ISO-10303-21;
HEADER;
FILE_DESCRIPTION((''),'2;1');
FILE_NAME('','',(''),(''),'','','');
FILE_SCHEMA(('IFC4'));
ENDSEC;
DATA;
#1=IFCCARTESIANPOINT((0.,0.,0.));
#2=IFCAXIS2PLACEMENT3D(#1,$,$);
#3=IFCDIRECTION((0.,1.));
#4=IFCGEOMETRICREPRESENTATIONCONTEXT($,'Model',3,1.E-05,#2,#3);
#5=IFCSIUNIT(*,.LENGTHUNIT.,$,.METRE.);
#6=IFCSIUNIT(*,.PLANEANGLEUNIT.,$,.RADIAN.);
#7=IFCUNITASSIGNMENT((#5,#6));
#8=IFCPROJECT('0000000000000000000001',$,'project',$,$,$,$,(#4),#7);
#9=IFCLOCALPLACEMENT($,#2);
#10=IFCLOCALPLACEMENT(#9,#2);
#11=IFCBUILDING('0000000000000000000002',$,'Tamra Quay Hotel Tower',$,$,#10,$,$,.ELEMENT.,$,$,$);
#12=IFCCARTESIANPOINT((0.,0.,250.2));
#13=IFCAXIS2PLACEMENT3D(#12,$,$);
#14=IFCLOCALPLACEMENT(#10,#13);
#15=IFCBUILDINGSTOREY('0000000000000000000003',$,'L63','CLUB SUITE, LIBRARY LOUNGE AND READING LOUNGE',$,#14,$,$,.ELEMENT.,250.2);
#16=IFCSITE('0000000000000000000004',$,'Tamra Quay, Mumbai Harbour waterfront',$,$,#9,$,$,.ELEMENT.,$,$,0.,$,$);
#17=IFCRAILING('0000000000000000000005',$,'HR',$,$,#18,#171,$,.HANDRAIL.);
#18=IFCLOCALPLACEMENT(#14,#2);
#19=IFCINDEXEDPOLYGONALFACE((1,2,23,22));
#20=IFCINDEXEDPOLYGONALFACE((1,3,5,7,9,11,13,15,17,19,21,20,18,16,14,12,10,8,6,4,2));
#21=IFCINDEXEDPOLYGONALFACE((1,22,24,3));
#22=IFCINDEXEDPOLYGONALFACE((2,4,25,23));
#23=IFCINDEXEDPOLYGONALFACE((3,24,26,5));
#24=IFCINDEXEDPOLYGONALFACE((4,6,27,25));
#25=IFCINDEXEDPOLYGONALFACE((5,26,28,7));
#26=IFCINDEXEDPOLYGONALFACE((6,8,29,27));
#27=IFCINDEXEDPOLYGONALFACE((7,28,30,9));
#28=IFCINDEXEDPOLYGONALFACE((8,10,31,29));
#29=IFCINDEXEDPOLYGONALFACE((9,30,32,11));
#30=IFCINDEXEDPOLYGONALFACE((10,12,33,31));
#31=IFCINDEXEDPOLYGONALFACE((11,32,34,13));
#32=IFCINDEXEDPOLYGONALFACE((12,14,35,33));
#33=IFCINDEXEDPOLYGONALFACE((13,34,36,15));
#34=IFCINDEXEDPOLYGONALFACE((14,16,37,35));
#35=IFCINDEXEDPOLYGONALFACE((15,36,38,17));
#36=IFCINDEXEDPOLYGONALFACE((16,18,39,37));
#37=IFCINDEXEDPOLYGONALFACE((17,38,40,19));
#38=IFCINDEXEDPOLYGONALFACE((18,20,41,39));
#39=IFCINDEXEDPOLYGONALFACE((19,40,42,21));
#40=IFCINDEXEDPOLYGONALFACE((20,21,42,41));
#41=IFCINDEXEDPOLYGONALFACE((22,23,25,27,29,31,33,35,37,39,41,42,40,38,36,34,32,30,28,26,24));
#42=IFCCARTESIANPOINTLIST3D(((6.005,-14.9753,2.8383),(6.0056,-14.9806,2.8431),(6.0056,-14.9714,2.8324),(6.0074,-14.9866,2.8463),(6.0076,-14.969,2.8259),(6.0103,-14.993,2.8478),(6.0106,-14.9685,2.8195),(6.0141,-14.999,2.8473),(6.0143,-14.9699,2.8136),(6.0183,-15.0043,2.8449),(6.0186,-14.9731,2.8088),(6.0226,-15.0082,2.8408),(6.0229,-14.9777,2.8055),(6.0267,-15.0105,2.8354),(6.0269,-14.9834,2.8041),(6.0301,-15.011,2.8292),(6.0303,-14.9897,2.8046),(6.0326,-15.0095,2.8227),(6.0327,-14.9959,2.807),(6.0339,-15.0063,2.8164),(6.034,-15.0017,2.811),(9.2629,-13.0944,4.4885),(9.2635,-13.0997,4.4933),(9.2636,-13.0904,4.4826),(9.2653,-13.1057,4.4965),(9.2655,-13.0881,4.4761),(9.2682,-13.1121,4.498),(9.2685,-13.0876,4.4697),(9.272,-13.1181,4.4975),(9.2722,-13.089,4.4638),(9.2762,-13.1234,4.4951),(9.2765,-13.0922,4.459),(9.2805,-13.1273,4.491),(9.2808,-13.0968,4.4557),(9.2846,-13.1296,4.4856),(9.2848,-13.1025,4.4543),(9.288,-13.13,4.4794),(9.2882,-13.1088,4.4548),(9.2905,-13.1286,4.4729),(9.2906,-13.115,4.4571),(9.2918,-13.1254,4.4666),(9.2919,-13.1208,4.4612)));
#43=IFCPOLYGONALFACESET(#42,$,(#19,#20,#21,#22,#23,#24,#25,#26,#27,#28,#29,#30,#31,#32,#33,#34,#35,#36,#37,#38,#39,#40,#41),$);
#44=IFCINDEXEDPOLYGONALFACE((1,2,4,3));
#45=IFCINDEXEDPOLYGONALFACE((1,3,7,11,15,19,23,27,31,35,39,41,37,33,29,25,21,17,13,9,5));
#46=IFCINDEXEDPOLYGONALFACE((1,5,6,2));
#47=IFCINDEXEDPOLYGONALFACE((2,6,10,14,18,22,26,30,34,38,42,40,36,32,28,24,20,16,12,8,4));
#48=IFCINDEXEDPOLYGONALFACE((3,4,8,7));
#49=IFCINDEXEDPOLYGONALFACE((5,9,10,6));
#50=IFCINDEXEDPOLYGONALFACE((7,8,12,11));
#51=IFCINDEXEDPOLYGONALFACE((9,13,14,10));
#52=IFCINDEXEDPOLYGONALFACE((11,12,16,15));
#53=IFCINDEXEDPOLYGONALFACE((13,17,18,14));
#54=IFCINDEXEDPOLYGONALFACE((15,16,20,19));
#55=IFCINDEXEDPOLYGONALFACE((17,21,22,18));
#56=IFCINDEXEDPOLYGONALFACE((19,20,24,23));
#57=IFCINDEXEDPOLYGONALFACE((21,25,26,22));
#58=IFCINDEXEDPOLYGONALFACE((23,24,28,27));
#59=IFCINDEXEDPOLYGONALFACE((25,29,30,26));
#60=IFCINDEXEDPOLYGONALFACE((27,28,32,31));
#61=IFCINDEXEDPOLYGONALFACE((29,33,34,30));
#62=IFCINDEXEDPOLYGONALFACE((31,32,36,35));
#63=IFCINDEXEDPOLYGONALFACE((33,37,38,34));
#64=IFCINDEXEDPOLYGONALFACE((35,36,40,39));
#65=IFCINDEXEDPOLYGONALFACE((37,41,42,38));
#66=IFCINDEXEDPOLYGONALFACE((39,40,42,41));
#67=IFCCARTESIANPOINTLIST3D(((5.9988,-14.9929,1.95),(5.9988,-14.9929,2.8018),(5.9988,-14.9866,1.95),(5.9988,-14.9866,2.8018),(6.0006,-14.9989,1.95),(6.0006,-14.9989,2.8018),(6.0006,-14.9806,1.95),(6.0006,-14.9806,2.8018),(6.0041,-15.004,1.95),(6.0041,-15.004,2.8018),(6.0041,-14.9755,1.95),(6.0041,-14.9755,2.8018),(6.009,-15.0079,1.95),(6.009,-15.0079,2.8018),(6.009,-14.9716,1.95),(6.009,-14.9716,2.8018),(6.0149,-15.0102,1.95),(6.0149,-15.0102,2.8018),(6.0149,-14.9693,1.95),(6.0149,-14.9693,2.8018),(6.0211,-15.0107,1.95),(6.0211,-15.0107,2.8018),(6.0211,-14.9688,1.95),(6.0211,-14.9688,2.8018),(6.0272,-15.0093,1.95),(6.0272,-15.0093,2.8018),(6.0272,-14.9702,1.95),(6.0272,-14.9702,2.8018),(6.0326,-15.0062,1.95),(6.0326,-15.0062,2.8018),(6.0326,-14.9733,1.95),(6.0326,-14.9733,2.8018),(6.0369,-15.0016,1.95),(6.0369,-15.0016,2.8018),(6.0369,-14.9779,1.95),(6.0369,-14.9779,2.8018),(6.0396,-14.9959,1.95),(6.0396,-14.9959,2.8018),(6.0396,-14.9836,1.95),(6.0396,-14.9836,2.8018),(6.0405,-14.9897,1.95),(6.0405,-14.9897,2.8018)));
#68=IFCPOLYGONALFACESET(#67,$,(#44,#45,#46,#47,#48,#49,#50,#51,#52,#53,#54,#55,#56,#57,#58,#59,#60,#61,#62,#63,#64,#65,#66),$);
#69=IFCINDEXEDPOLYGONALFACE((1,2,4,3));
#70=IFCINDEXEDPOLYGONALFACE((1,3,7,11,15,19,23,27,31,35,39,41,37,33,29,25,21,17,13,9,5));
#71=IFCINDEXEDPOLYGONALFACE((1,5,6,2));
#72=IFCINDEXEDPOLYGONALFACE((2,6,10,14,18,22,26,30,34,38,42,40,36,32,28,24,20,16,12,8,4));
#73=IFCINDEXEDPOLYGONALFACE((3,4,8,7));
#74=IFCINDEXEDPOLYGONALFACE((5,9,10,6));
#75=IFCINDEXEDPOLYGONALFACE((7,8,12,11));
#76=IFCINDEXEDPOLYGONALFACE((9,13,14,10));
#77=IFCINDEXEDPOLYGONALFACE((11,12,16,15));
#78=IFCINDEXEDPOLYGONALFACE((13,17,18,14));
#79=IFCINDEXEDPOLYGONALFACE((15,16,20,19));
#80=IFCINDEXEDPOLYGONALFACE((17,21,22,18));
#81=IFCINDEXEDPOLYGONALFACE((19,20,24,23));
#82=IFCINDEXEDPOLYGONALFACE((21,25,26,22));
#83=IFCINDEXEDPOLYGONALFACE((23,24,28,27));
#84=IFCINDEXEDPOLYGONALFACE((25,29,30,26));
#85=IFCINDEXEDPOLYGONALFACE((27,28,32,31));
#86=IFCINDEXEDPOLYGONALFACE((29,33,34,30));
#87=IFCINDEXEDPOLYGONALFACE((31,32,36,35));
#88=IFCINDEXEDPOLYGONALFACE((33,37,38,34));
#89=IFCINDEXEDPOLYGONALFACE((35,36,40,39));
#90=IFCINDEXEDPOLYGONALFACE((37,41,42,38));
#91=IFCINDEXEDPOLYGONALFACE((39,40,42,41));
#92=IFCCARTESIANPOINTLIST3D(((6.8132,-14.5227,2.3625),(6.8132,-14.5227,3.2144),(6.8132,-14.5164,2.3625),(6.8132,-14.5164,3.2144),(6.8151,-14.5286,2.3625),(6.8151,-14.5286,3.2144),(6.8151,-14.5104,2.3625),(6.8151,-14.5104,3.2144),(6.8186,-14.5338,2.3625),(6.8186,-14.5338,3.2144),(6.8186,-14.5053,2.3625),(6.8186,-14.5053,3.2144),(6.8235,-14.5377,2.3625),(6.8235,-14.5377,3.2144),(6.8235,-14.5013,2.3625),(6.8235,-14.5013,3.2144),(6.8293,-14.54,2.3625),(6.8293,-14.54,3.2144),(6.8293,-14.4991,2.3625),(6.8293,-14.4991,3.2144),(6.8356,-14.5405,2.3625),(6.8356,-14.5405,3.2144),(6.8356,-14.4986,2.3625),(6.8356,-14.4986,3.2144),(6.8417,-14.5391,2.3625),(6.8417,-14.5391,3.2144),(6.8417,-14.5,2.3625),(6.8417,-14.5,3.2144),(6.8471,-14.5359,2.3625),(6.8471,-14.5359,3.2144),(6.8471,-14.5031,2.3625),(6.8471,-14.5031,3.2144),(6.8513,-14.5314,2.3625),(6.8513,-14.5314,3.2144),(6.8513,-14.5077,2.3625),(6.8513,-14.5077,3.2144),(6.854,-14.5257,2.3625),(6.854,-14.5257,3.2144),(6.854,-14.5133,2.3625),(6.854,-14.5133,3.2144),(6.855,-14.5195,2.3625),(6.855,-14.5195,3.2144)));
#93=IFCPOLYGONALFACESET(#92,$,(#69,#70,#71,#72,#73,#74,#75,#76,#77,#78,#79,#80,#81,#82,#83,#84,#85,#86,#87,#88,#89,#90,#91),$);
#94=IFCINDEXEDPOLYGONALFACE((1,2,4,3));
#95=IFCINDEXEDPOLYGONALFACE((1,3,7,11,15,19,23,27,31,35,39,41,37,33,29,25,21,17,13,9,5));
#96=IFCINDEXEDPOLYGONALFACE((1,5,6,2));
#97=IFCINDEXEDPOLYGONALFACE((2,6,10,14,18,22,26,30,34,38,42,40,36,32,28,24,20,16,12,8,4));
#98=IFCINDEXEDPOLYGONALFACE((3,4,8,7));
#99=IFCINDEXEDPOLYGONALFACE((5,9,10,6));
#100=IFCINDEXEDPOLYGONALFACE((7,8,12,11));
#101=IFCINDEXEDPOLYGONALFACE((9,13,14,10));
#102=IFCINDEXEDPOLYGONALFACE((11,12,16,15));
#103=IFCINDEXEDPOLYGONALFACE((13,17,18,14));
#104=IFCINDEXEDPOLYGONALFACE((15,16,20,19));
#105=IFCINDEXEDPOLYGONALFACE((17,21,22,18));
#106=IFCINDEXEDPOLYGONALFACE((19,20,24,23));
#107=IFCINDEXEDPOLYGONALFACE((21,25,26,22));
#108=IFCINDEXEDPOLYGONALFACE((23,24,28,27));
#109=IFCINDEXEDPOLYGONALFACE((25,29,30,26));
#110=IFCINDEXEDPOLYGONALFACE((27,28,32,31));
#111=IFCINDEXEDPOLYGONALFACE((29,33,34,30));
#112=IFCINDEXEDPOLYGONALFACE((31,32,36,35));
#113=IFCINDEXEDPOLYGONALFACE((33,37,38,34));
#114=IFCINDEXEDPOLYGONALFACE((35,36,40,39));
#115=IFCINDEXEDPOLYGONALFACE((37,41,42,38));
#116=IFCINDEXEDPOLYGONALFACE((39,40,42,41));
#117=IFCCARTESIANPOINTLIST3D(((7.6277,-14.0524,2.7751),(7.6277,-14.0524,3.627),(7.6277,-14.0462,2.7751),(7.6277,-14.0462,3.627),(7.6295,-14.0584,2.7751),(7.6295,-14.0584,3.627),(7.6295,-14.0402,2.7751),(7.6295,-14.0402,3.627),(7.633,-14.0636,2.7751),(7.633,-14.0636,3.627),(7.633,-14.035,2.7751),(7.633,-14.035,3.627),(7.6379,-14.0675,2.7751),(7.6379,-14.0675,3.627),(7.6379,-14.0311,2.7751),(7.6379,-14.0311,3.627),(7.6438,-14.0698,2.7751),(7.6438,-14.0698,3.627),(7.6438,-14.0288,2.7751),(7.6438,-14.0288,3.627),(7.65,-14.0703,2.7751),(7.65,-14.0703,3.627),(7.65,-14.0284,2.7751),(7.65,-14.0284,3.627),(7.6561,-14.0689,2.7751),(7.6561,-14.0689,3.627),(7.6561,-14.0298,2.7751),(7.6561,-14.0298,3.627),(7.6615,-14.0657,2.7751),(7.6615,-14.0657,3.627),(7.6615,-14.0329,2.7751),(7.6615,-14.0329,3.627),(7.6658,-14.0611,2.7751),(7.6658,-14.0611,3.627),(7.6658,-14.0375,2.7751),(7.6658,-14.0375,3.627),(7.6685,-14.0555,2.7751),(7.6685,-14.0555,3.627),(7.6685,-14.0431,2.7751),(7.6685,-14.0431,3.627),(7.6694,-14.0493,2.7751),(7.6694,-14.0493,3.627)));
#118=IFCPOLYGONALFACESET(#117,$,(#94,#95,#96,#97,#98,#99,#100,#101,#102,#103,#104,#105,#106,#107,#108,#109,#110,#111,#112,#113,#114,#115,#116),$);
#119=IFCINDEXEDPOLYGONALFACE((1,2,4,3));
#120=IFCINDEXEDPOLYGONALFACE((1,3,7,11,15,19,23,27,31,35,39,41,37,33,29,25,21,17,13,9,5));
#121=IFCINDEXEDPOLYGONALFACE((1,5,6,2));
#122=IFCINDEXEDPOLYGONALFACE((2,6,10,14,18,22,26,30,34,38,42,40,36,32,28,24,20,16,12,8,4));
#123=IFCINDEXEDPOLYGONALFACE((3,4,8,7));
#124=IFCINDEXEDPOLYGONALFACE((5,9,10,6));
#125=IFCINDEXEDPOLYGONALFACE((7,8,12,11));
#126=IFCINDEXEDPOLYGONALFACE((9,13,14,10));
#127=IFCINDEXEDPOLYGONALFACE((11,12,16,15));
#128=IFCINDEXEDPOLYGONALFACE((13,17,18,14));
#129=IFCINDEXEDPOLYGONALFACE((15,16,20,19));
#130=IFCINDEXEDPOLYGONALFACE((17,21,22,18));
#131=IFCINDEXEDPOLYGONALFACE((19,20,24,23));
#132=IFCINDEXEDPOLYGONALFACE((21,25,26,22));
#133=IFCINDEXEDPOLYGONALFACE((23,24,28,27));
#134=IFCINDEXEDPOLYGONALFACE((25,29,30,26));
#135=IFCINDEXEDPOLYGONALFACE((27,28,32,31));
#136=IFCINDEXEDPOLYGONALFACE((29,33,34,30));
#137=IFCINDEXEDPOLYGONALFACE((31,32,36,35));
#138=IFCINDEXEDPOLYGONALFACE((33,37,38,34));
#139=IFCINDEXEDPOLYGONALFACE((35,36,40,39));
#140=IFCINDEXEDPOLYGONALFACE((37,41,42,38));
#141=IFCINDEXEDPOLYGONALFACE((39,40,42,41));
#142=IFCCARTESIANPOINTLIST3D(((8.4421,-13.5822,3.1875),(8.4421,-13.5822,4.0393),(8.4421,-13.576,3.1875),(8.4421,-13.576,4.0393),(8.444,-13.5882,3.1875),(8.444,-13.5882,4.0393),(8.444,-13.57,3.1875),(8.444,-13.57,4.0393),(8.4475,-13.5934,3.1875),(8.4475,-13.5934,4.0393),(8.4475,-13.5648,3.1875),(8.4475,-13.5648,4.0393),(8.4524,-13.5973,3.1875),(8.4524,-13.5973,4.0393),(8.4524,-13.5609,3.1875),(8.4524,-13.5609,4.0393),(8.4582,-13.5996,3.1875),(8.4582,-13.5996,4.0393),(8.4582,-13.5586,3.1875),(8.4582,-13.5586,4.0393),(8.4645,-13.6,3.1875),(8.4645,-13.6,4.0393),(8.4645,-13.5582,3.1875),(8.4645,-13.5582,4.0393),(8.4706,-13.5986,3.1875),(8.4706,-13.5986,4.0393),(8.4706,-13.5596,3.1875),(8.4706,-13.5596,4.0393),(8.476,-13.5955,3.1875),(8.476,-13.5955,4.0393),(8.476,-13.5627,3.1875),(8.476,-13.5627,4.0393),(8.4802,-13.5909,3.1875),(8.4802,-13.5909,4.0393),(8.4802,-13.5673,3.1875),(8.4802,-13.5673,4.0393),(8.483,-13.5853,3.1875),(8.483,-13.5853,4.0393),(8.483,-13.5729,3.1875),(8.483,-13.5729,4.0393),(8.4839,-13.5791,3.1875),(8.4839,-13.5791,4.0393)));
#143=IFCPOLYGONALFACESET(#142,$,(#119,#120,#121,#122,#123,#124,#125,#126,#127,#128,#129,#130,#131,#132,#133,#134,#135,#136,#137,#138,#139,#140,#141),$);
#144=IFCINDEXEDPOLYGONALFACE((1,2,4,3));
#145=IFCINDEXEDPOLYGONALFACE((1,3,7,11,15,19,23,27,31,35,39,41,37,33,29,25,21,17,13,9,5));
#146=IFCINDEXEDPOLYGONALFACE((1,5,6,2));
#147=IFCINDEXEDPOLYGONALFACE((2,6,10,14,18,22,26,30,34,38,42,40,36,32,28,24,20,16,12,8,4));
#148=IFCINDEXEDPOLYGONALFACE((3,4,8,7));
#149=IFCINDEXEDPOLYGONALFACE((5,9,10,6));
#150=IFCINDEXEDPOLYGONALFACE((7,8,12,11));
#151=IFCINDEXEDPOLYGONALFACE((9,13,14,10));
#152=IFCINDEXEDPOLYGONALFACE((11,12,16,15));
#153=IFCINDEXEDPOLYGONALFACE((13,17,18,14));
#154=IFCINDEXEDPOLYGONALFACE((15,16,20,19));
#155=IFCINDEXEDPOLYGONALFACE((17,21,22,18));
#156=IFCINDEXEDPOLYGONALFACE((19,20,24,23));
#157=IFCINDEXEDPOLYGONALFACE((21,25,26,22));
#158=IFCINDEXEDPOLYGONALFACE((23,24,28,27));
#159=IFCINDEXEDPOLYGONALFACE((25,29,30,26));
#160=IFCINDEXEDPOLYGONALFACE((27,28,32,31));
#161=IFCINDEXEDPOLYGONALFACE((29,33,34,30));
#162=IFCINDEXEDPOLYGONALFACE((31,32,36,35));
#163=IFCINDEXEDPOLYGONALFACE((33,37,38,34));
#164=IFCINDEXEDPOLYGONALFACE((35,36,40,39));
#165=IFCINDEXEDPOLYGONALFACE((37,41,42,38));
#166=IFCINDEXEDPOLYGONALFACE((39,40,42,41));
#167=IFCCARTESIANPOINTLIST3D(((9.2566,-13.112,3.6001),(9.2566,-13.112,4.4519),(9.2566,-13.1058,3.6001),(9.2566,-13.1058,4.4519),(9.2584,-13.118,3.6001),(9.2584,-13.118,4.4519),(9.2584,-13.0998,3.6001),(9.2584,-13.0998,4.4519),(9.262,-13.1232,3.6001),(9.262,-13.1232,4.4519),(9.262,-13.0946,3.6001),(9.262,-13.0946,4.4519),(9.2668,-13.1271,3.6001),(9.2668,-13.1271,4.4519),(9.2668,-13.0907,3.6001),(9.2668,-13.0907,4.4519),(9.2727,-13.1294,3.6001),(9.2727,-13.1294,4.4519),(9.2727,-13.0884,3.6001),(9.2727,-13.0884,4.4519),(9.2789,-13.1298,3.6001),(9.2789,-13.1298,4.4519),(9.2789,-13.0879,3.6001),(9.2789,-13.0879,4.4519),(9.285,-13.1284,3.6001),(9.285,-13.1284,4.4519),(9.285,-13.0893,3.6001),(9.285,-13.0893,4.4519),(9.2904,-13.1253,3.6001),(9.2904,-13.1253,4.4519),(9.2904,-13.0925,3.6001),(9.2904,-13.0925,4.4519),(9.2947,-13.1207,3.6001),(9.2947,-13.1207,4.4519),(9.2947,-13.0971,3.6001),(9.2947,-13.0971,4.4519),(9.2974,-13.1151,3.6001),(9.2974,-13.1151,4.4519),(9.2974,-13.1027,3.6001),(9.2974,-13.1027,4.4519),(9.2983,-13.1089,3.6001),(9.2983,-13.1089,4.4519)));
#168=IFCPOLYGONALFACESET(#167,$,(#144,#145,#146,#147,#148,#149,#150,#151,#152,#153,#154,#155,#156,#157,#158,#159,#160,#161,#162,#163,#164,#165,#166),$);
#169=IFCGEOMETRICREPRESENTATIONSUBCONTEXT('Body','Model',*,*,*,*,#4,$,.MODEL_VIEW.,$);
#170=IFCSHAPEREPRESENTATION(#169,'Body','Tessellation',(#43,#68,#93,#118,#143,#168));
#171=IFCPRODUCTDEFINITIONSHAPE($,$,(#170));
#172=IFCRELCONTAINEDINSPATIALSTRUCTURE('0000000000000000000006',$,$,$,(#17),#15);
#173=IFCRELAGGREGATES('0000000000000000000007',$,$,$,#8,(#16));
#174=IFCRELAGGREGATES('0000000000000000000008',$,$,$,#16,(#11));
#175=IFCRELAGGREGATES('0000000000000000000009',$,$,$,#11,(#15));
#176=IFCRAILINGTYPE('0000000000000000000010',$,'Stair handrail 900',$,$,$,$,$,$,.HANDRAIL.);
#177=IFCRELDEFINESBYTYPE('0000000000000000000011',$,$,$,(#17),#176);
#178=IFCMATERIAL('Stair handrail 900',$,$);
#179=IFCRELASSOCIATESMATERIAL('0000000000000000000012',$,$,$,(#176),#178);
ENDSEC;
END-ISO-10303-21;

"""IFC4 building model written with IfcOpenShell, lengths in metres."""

from ifc_helpers import new_model, si_unit, direction, frame, origin, origin_2d, place, context, subcontext, project, spatial, circle, extrude, material, type_object, element, save


model = new_model("IFC4")

# Units and contexts
model_context = context("Model", 3, precision=1e-05, world=origin(), true_north=direction((0.0, 1.0)))
body_context = subcontext(model_context, "Body", "Model", "MODEL_VIEW")
ifc_project = project(units=[si_unit("LENGTHUNIT", "METRE"), si_unit("PLANEANGLEUNIT", "RADIAN")], contexts=[model_context])

# Site, building, storey
site_placement = place(None, origin())
site = spatial("IfcSite", under=ifc_project, at=site_placement, Name="Tamra Quay, Mumbai Harbour waterfront", CompositionType="ELEMENT", RefElevation=0.0)
building_placement = place(site_placement, origin())
building = spatial("IfcBuilding", under=site, at=building_placement, Name="Tamra Quay Hotel Tower", CompositionType="ELEMENT")
storey_placement = place(building_placement, frame((0.0, 0.0, 250.2)))
storey = spatial("IfcBuildingStorey", under=building, at=storey_placement, Name="L63", Description="CLUB SUITE, LIBRARY LOUNGE AND READING LOUNGE", CompositionType="ELEMENT", Elevation=250.2)

# Railing
ifc_material_1 = material(Name="Stair handrail 900")
railing_type_1 = type_object("IfcRailingType", Name="Stair handrail 900", PredefinedType="HANDRAIL", material=ifc_material_1)
railing_1_placement = place(storey_placement, frame((6.0195, -14.9897, 1.95)))
element("IfcRailing", 1, at=railing_1_placement, inside=storey, type_object=railing_type_1, Name="HR", PredefinedType="HANDRAIL", context=body_context, shape_type="SweptSolid", body=[
    extrude(circle(Radius=0.0239, at=origin_2d()), frame((0.0, 0.0, 0.876), z_axis=(0.793081, 0.457876, 0.401711), x_axis=(-0.499992, 0.86603, 0.0)), (0.0, 0.0, 1.0), 4.1079),
    extrude(circle(Radius=0.021, at=origin_2d()), origin(), (0.0, 0.0, 1.0), 0.8518),
    extrude(circle(Radius=0.021, at=origin_2d()), frame((0.8145, 0.4702, 0.4126)), (0.0, 0.0, 1.0), 0.8518),
    extrude(circle(Radius=0.021, at=origin_2d()), frame((1.6289, 0.9404, 0.8252)), (0.0, 0.0, 1.0), 0.8518),
    extrude(circle(Radius=0.021, at=origin_2d()), frame((2.4434, 1.4106, 1.2375)), (0.0, 0.0, 1.0), 0.8518),
    extrude(circle(Radius=0.021, at=origin_2d()), frame((3.2578, 1.8809, 1.6501)), (0.0, 0.0, 1.0), 0.8518),
])

save(model, "model.ifc")
